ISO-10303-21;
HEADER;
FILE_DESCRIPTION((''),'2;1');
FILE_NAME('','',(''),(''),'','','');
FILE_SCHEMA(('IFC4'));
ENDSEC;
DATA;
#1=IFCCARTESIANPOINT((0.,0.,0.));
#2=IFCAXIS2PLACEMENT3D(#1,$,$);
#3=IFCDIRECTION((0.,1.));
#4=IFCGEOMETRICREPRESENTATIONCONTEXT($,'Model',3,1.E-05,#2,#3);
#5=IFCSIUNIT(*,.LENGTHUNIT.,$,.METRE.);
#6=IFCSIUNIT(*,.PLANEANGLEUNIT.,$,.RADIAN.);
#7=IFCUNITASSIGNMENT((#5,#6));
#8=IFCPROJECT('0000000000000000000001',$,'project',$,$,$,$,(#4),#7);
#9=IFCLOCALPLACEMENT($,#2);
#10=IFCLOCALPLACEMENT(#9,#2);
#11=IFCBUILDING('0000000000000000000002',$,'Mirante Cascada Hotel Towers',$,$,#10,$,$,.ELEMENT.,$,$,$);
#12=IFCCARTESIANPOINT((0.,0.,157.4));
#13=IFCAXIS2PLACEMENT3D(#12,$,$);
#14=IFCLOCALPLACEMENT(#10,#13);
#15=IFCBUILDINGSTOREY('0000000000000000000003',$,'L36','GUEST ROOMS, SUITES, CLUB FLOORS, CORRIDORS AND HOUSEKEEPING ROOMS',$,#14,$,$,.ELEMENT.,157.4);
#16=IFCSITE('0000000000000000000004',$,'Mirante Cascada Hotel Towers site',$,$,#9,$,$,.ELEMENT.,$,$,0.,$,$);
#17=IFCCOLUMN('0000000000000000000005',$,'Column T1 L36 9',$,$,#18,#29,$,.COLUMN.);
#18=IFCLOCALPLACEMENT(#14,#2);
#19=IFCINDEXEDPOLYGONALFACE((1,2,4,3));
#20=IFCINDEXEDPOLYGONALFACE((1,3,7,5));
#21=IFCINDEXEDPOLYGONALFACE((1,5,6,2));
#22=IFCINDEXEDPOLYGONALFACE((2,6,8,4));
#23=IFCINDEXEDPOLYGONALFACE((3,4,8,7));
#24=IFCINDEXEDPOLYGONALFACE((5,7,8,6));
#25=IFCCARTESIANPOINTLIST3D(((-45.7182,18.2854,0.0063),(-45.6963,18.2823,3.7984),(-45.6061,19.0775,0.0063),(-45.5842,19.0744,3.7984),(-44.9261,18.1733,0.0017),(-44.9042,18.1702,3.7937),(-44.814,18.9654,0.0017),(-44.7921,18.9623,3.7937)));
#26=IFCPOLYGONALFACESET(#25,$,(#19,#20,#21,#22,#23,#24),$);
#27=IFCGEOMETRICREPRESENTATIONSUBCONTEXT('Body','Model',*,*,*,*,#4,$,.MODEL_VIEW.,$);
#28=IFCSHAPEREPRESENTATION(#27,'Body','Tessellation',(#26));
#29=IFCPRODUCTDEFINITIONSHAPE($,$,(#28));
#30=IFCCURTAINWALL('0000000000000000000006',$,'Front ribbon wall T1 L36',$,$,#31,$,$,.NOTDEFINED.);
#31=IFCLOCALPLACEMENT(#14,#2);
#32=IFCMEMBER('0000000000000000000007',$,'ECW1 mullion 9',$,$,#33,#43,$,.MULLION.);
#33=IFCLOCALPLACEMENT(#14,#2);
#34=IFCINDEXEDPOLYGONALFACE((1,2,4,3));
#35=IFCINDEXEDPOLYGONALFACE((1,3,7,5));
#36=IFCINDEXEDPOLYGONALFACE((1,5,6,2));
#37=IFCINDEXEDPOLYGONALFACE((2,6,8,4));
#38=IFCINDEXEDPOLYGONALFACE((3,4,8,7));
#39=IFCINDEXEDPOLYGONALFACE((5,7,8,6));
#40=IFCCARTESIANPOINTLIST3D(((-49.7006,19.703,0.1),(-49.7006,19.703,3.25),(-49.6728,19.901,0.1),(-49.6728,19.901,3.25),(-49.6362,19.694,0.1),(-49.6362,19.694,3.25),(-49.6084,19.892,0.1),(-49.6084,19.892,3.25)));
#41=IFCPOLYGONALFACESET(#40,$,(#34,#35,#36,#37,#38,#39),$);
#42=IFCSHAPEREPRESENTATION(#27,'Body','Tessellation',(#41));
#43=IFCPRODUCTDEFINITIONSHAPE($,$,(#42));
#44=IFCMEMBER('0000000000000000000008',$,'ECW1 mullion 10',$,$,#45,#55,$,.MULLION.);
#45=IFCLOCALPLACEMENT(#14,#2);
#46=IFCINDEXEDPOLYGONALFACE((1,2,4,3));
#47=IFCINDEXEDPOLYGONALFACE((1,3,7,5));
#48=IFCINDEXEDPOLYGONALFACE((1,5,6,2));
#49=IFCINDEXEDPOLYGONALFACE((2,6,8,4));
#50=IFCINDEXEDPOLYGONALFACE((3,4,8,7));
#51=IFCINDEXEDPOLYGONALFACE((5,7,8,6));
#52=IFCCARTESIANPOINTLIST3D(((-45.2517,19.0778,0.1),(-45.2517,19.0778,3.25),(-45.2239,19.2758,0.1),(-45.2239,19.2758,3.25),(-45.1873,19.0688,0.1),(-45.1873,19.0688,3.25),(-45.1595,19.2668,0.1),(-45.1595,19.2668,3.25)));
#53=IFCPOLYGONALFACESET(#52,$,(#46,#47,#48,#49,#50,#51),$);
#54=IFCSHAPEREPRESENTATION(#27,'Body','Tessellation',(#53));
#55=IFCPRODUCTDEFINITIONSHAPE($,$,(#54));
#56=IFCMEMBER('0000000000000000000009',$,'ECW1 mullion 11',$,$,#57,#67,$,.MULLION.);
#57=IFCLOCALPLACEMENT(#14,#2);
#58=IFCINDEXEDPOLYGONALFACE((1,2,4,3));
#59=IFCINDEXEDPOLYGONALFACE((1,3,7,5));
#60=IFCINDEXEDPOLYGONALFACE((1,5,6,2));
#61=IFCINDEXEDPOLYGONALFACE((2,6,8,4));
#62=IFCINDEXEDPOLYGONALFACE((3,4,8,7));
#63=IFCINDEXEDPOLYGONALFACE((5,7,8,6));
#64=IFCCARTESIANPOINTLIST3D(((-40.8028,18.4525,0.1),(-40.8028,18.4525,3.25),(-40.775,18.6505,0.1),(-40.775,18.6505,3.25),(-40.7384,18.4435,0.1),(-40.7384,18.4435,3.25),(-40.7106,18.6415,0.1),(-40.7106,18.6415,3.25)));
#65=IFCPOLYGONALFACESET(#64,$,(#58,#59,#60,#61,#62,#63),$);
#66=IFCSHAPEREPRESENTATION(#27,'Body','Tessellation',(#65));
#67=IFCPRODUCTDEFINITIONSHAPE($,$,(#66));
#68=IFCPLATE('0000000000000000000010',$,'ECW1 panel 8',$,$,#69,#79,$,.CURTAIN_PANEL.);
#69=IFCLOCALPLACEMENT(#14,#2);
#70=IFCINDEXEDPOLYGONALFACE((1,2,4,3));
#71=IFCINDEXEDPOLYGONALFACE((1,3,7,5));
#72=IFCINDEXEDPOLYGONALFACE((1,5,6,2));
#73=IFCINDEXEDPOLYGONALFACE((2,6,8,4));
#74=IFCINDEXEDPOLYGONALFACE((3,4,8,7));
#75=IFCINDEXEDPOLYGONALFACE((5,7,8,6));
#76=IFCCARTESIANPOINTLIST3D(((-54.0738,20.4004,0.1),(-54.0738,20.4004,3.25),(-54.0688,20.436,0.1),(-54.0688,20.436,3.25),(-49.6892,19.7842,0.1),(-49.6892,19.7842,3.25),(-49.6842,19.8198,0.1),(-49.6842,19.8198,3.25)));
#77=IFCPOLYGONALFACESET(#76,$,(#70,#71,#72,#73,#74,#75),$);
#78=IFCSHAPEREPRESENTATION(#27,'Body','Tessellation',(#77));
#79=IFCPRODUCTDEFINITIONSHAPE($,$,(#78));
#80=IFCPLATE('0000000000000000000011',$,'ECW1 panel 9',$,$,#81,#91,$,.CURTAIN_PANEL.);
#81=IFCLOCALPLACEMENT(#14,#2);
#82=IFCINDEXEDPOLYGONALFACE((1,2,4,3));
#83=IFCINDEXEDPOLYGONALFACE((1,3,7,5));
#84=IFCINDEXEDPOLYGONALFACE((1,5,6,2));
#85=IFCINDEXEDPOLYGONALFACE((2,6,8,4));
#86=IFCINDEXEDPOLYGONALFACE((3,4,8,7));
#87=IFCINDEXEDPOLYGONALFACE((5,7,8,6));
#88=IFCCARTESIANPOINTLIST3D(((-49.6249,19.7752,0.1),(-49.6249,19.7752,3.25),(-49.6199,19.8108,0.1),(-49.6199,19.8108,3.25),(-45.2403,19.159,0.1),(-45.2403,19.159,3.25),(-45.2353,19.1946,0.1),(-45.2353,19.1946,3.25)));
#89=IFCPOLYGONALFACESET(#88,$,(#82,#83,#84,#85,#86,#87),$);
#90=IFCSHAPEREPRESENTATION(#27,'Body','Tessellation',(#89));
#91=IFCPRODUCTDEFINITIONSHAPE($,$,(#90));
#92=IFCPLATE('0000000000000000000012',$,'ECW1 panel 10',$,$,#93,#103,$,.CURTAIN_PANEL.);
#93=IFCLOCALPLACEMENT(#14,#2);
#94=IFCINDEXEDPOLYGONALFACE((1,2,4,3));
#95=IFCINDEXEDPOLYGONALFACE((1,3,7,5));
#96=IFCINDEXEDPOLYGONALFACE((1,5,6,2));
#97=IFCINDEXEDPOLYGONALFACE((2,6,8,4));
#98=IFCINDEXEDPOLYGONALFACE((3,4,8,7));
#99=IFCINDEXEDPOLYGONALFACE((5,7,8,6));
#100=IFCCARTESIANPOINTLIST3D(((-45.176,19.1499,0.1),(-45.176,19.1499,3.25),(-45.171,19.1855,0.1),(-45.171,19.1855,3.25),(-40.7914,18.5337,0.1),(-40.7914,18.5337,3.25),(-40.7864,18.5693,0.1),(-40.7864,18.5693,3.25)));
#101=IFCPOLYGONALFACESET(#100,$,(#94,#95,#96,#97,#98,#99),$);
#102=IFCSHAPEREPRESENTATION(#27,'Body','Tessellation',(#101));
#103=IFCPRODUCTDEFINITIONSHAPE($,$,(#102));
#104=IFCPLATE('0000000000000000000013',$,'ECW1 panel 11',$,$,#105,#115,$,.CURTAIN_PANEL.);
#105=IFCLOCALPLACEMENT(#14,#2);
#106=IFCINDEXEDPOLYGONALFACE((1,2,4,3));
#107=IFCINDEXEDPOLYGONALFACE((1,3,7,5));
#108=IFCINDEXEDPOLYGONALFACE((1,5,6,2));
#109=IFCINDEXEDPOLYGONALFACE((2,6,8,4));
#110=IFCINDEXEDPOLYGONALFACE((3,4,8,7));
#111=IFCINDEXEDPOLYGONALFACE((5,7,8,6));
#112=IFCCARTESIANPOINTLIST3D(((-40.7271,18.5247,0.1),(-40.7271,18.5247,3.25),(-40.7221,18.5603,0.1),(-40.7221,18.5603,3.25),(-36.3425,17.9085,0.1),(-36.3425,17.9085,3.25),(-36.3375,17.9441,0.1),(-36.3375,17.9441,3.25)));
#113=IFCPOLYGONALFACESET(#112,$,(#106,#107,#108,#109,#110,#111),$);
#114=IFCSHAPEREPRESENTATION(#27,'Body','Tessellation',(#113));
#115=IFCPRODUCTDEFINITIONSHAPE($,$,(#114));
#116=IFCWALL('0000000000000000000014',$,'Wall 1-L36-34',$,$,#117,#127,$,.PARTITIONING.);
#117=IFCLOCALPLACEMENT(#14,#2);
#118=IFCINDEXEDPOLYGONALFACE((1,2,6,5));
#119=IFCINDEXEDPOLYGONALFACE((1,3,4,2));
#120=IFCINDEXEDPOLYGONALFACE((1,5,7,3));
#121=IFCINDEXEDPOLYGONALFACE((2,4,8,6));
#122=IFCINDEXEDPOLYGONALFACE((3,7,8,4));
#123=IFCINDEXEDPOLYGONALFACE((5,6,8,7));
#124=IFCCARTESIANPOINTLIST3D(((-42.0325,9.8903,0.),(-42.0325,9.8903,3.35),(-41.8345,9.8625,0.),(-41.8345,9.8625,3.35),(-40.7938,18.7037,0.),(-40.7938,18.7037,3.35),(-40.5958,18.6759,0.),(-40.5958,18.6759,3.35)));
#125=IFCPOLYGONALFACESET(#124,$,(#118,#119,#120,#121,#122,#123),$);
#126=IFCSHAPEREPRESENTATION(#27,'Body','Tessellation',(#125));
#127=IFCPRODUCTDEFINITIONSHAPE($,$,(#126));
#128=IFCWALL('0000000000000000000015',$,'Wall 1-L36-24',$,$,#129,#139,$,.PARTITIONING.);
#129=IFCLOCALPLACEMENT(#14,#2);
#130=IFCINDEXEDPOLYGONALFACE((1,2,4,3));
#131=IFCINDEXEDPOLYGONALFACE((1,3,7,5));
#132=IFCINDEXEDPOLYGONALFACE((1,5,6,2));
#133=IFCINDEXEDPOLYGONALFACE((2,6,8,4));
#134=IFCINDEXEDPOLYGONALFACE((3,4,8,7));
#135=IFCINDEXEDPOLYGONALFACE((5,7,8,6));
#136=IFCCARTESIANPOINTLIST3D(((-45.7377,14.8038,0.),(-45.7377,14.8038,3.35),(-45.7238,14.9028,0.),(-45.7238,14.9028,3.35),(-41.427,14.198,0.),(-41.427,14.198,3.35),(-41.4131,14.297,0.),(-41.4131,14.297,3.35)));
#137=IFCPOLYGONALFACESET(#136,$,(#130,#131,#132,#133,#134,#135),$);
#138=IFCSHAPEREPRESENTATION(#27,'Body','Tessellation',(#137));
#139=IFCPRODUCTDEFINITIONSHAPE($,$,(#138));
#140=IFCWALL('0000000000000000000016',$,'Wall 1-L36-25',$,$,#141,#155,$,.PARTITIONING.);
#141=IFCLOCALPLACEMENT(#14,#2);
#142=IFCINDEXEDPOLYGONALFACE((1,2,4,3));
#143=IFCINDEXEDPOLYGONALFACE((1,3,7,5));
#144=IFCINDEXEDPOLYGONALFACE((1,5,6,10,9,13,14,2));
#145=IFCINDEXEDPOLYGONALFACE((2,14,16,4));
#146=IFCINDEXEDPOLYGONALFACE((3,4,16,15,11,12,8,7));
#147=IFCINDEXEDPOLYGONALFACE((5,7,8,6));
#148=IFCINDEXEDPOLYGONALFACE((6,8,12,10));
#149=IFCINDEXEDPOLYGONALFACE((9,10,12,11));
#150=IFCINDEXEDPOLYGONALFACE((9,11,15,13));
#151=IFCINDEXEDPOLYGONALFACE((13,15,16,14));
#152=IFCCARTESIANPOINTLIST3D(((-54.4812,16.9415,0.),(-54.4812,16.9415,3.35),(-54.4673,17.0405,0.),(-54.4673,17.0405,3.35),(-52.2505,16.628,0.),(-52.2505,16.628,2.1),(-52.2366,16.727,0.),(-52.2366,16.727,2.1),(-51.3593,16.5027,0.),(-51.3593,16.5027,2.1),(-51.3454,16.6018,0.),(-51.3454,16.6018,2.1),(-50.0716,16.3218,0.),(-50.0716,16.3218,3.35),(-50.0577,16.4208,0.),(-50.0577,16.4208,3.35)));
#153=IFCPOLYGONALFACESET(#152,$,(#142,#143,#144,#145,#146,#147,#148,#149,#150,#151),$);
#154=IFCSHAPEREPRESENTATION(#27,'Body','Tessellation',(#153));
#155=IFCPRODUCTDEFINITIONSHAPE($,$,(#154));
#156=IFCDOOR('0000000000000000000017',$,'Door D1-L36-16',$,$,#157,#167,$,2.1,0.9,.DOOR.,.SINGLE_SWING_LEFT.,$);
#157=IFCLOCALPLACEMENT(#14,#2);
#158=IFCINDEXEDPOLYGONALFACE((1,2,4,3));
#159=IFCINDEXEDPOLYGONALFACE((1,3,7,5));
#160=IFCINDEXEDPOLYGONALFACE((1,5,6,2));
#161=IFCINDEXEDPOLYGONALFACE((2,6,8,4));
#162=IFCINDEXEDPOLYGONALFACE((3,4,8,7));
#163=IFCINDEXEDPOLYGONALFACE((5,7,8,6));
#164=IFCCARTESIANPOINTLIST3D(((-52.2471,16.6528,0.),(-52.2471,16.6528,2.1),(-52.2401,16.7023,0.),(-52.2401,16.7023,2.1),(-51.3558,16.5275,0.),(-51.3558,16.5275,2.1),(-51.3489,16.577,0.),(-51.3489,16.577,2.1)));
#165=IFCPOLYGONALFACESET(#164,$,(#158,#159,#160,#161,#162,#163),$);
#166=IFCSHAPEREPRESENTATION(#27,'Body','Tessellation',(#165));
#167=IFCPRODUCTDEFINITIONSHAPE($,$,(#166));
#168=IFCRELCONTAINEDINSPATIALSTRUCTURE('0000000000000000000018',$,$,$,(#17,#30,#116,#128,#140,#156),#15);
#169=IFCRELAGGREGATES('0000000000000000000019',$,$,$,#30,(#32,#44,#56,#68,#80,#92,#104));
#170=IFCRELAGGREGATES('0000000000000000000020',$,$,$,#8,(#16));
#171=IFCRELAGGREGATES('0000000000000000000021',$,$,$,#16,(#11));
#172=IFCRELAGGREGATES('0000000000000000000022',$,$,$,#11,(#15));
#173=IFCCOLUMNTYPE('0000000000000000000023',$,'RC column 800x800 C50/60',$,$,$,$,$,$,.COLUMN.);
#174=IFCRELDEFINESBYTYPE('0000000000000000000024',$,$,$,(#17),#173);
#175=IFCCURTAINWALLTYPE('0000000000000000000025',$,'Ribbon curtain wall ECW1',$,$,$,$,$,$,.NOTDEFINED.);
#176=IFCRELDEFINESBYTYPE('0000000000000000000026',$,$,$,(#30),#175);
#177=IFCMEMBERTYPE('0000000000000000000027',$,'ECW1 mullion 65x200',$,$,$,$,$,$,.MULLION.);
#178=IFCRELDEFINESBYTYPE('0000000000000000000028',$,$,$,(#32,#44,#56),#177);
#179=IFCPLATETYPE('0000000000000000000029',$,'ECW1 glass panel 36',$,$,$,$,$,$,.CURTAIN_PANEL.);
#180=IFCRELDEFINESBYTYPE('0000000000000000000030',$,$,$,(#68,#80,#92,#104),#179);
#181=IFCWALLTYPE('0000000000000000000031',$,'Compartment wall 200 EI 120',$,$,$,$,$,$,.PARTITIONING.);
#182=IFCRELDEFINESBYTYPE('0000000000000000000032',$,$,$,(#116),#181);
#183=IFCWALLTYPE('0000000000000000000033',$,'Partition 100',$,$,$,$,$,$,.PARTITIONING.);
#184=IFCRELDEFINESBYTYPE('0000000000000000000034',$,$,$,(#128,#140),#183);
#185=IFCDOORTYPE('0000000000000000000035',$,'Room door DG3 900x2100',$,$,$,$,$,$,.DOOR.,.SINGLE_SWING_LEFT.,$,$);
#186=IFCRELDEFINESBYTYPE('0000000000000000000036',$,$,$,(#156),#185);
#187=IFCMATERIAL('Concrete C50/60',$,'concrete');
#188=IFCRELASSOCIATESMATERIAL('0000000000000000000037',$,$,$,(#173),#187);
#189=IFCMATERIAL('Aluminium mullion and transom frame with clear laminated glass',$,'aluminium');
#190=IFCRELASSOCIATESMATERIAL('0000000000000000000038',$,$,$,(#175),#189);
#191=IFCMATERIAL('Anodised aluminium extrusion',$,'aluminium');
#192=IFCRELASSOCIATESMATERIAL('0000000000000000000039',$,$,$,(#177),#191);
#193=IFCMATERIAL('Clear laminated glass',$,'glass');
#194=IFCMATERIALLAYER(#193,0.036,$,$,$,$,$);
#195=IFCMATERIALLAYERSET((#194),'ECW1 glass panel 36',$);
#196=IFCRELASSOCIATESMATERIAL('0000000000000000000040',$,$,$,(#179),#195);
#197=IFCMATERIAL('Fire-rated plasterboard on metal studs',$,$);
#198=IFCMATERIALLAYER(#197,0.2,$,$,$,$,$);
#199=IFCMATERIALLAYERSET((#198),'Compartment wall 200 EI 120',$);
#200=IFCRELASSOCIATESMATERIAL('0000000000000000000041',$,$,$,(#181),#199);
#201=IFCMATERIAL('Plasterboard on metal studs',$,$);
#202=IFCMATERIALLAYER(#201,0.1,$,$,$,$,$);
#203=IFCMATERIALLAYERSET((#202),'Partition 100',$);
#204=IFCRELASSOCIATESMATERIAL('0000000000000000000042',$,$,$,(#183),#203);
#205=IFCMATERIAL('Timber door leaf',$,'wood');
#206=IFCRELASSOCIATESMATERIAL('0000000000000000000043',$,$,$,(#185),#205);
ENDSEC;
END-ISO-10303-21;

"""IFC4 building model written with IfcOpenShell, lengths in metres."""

from ifc_helpers import new_model, si_unit, direction, frame, frame_2d, origin, origin_2d, place, context, subcontext, project, spatial, rectangle, extrude, material, layer, layer_set, material_profile, profile_set, type_object, element, fill, aggregate, save


model = new_model("IFC4")

# Units and contexts
model_context = context("Model", 3, precision=1e-05, world=origin(), true_north=direction((0.0, 1.0)))
body_context = subcontext(model_context, "Body", "Model", "MODEL_VIEW")
ifc_project = project(units=[si_unit("LENGTHUNIT", "METRE"), si_unit("PLANEANGLEUNIT", "RADIAN")], contexts=[model_context])

# Site, building, storey
site_placement = place(None, origin())
site = spatial("IfcSite", under=ifc_project, at=site_placement, Name="Mirante Cascada Hotel Towers site", CompositionType="ELEMENT", RefElevation=0.0)
building_placement = place(site_placement, origin())
building = spatial("IfcBuilding", under=site, at=building_placement, Name="Mirante Cascada Hotel Towers", CompositionType="ELEMENT")
storey_placement = place(building_placement, frame((0.0, 0.0, 157.4)))
storey = spatial("IfcBuildingStorey", under=building, at=storey_placement, Name="L36", Description="GUEST ROOMS, SUITES, CLUB FLOORS, CORRIDORS AND HOUSEKEEPING ROOMS", CompositionType="ELEMENT", Elevation=157.4)

# Column
ifc_material_1 = material(Name="Concrete C50/60", Category="concrete")
ifc_material_profile_1 = material_profile(ifc_material_1, rectangle(XDim=0.8, YDim=0.8, at=origin_2d()), Name="RC column 800x800 C50/60")
ifc_profile_set_1 = profile_set([ifc_material_profile_1], Name="Concrete C50/60")
column_type = type_object("IfcColumnType", Name="RC column 800x800 C50/60", PredefinedType="COLUMN", material=ifc_profile_set_1)
column_placement = place(storey_placement, frame((-45.2661, 18.6254, 0.004), z_axis=(0.005775, -0.000817, 0.999983), x_axis=(0.140155, 0.990129, 0.0)))
element("IfcColumn", 1, at=column_placement, inside=storey, type_object=column_type, Name="Column T1 L36 9", PredefinedType="COLUMN", context=body_context, shape_type="SweptSolid", body=[
    extrude(rectangle(XDim=0.8, YDim=0.8, at=origin_2d()), origin(), (0.0, 0.0, 1.0), 3.7921),
])

# Curtain wall, members, plates
ifc_material_2 = material(Name="Aluminium mullion and transom frame with clear laminated glass", Category="aluminium")
curtain_wall_type = type_object("IfcCurtainWallType", Name="Ribbon curtain wall ECW1", PredefinedType="NOTDEFINED", material=ifc_material_2)
curtain_wall_placement = place(storey_placement, origin())
curtain_wall = element("IfcCurtainWall", 2, at=curtain_wall_placement, inside=storey, type_object=curtain_wall_type, Name="Front ribbon wall T1 L36", PredefinedType="NOTDEFINED")
ifc_material_3 = material(Name="Anodised aluminium extrusion", Category="aluminium")
ifc_material_profile_2 = material_profile(ifc_material_3, rectangle(XDim=0.2, YDim=0.065, at=origin_2d()), Name="ECW1 MULLION 65x200")
ifc_profile_set_2 = profile_set([ifc_material_profile_2], Name="Anodised aluminium extrusion")
member_type = type_object("IfcMemberType", Name="ECW1 mullion 65x200", PredefinedType="MULLION", material=ifc_profile_set_2)
member_1_placement = place(storey_placement, frame((-49.6545, 19.7975, 0.1), z_axis=(0.0, 0.0, 1.0), x_axis=(0.139173, 0.990268, 0.0)))
member_1 = element("IfcMember", 3, at=member_1_placement, type_object=member_type, Name="ECW1 mullion 9", PredefinedType="MULLION", context=body_context, shape_type="SweptSolid", body=[
    extrude(rectangle(XDim=0.2, YDim=0.065, at=origin_2d()), origin(), (0.0, 0.0, 1.0), 3.15),
])
member_2_placement = place(storey_placement, frame((-45.2056, 19.1723, 0.1), z_axis=(0.0, 0.0, 1.0), x_axis=(0.139173, 0.990268, 0.0)))
member_2 = element("IfcMember", 4, at=member_2_placement, type_object=member_type, Name="ECW1 mullion 10", PredefinedType="MULLION", context=body_context, shape_type="SweptSolid", body=[
    extrude(rectangle(XDim=0.2, YDim=0.065, at=origin_2d()), origin(), (0.0, 0.0, 1.0), 3.15),
])
member_3_placement = place(storey_placement, frame((-40.7567, 18.547, 0.1), z_axis=(0.0, 0.0, 1.0), x_axis=(0.139173, 0.990268, 0.0)))
member_3 = element("IfcMember", 5, at=member_3_placement, type_object=member_type, Name="ECW1 mullion 11", PredefinedType="MULLION", context=body_context, shape_type="SweptSolid", body=[
    extrude(rectangle(XDim=0.2, YDim=0.065, at=origin_2d()), origin(), (0.0, 0.0, 1.0), 3.15),
])
ifc_material_4 = material(Name="Clear laminated glass", Category="glass")
ifc_layer_1 = layer(ifc_material_4, 0.036)
ifc_layer_set_1 = layer_set([ifc_layer_1], Name="ECW1 glass panel 36")
plate_type = type_object("IfcPlateType", Name="ECW1 glass panel 36", PredefinedType="CURTAIN_PANEL", material=ifc_layer_set_1)
plate_1_placement = place(storey_placement, frame((-51.879, 20.1101, 0.1), z_axis=(0.0, 0.0, 1.0), x_axis=(0.990268, -0.139173, 0.0)))
plate_1 = element("IfcPlate", 6, at=plate_1_placement, type_object=plate_type, Name="ECW1 panel 8", PredefinedType="CURTAIN_PANEL", context=body_context, shape_type="SweptSolid", body=[
    extrude(rectangle(XDim=4.4276, YDim=0.036, at=origin_2d()), origin(), (0.0, 0.0, 1.0), 3.15),
])
plate_2_placement = place(storey_placement, frame((-47.4301, 19.4849, 0.1), z_axis=(0.0, 0.0, 1.0), x_axis=(0.990268, -0.139173, 0.0)))
plate_2 = element("IfcPlate", 7, at=plate_2_placement, type_object=plate_type, Name="ECW1 panel 9", PredefinedType="CURTAIN_PANEL", context=body_context, shape_type="SweptSolid", body=[
    extrude(rectangle(XDim=4.4276, YDim=0.036, at=origin_2d()), origin(), (0.0, 0.0, 1.0), 3.15),
])
plate_3_placement = place(storey_placement, frame((-42.9812, 18.8596, 0.1), z_axis=(0.0, 0.0, 1.0), x_axis=(0.990268, -0.139173, 0.0)))
plate_3 = element("IfcPlate", 8, at=plate_3_placement, type_object=plate_type, Name="ECW1 panel 10", PredefinedType="CURTAIN_PANEL", context=body_context, shape_type="SweptSolid", body=[
    extrude(rectangle(XDim=4.4276, YDim=0.036, at=origin_2d()), origin(), (0.0, 0.0, 1.0), 3.15),
])
plate_4_placement = place(storey_placement, frame((-38.5323, 18.2344, 0.1), z_axis=(0.0, 0.0, 1.0), x_axis=(0.990268, -0.139173, 0.0)))
plate_4 = element("IfcPlate", 9, at=plate_4_placement, type_object=plate_type, Name="ECW1 panel 11", PredefinedType="CURTAIN_PANEL", context=body_context, shape_type="SweptSolid", body=[
    extrude(rectangle(XDim=4.4276, YDim=0.036, at=origin_2d()), origin(), (0.0, 0.0, 1.0), 3.15),
])
aggregate(curtain_wall, [member_1, member_2, member_3, plate_1, plate_2, plate_3, plate_4])

# Walls
ifc_material_5 = material(Name="Fire-rated plasterboard on metal studs")
ifc_layer_2 = layer(ifc_material_5, 0.2)
ifc_layer_set_2 = layer_set([ifc_layer_2], Name="Compartment wall 200 EI 120")
wall_type_1 = type_object("IfcWallType", Name="Compartment wall 200 EI 120", PredefinedType="PARTITIONING", material=ifc_layer_set_2)
wall_1_placement = place(storey_placement, frame((-40.6948, 18.6898, 0.0), z_axis=(0.0, 0.0, 1.0), x_axis=(-0.139179, -0.990267, 0.0)))
element("IfcWall", 10, at=wall_1_placement, inside=storey, type_object=wall_type_1, Name="Wall 1-L36-34", PredefinedType="PARTITIONING", context=body_context, shape_type="SweptSolid", body=[
    extrude(rectangle(XDim=8.9, YDim=0.2, at=frame_2d((4.45, 0.0))), origin(), (0.0, 0.0, 1.0), 3.35),
])
ifc_material_6 = material(Name="Plasterboard on metal studs")
ifc_layer_3 = layer(ifc_material_6, 0.1)
ifc_layer_set_3 = layer_set([ifc_layer_3], Name="Partition 100")
wall_type_2 = type_object("IfcWallType", Name="Partition 100", PredefinedType="PARTITIONING", material=ifc_layer_set_3)
wall_2_placement = place(storey_placement, frame((-45.7308, 14.8533, 0.0), z_axis=(0.0, 0.0, 1.0), x_axis=(0.990269, -0.139166, 0.0)))
element("IfcWall", 11, at=wall_2_placement, inside=storey, type_object=wall_type_2, Name="Wall 1-L36-24", PredefinedType="PARTITIONING", context=body_context, shape_type="SweptSolid", body=[
    extrude(rectangle(XDim=4.3531, YDim=0.1, at=frame_2d((2.1766, 0.0))), origin(), (0.0, 0.0, 1.0), 3.35),
])

# Wall, opening, door
wall_3_placement = place(storey_placement, frame((-50.0647, 16.3713, 0.0), z_axis=(0.0, 0.0, 1.0), x_axis=(-0.990269, 0.139167, 0.0)))
wall_3 = element("IfcWall", 12, at=wall_3_placement, inside=storey, type_object=wall_type_2, Name="Wall 1-L36-25", PredefinedType="PARTITIONING", context=body_context, shape_type="SweptSolid", body=[
    extrude(rectangle(XDim=4.4529, YDim=0.1, at=frame_2d((2.2264, 0.0))), origin(), (0.0, 0.0, 1.0), 3.35),
])
opening_1_placement = place(wall_3_placement, frame((1.3003, 0.0, 0.0)))
opening_1 = element("IfcOpeningElement", 13, at=opening_1_placement, cuts=wall_3, PredefinedType="OPENING", context=body_context, shape_type="SweptSolid", body=[
    extrude(rectangle(XDim=0.9, YDim=2.1, at=frame_2d((0.45, 1.05))), frame((0.0, 0.05, 0.0), z_axis=(0.0, -1.0, 0.0), x_axis=(1.0, 0.0, 0.0)), (0.0, 0.0, 1.0), 0.1),
])
ifc_material_7 = material(Name="Timber door leaf", Category="wood")
door_type_1 = type_object("IfcDoorType", Name="Room door DG3 900x2100", OperationType="SINGLE_SWING_LEFT", PredefinedType="DOOR", material=ifc_material_7)
door_1_placement = place(opening_1_placement, origin())
door_1 = element("IfcDoor", 14, at=door_1_placement, inside=storey, type_object=door_type_1, Name="Door D1-L36-16", OperationType="SINGLE_SWING_LEFT", OverallHeight=2.1, OverallWidth=0.9, PredefinedType="DOOR", context=body_context, shape_type="SweptSolid", body=[
    extrude(rectangle(XDim=0.9, YDim=2.1, at=frame_2d((0.45, 1.05))), frame((0.0, 0.025, 0.0), z_axis=(0.0, -1.0, 0.0), x_axis=(1.0, 0.0, 0.0)), (0.0, 0.0, 1.0), 0.05),
])
fill(opening_1, door_1)

save(model, "model.ifc")
